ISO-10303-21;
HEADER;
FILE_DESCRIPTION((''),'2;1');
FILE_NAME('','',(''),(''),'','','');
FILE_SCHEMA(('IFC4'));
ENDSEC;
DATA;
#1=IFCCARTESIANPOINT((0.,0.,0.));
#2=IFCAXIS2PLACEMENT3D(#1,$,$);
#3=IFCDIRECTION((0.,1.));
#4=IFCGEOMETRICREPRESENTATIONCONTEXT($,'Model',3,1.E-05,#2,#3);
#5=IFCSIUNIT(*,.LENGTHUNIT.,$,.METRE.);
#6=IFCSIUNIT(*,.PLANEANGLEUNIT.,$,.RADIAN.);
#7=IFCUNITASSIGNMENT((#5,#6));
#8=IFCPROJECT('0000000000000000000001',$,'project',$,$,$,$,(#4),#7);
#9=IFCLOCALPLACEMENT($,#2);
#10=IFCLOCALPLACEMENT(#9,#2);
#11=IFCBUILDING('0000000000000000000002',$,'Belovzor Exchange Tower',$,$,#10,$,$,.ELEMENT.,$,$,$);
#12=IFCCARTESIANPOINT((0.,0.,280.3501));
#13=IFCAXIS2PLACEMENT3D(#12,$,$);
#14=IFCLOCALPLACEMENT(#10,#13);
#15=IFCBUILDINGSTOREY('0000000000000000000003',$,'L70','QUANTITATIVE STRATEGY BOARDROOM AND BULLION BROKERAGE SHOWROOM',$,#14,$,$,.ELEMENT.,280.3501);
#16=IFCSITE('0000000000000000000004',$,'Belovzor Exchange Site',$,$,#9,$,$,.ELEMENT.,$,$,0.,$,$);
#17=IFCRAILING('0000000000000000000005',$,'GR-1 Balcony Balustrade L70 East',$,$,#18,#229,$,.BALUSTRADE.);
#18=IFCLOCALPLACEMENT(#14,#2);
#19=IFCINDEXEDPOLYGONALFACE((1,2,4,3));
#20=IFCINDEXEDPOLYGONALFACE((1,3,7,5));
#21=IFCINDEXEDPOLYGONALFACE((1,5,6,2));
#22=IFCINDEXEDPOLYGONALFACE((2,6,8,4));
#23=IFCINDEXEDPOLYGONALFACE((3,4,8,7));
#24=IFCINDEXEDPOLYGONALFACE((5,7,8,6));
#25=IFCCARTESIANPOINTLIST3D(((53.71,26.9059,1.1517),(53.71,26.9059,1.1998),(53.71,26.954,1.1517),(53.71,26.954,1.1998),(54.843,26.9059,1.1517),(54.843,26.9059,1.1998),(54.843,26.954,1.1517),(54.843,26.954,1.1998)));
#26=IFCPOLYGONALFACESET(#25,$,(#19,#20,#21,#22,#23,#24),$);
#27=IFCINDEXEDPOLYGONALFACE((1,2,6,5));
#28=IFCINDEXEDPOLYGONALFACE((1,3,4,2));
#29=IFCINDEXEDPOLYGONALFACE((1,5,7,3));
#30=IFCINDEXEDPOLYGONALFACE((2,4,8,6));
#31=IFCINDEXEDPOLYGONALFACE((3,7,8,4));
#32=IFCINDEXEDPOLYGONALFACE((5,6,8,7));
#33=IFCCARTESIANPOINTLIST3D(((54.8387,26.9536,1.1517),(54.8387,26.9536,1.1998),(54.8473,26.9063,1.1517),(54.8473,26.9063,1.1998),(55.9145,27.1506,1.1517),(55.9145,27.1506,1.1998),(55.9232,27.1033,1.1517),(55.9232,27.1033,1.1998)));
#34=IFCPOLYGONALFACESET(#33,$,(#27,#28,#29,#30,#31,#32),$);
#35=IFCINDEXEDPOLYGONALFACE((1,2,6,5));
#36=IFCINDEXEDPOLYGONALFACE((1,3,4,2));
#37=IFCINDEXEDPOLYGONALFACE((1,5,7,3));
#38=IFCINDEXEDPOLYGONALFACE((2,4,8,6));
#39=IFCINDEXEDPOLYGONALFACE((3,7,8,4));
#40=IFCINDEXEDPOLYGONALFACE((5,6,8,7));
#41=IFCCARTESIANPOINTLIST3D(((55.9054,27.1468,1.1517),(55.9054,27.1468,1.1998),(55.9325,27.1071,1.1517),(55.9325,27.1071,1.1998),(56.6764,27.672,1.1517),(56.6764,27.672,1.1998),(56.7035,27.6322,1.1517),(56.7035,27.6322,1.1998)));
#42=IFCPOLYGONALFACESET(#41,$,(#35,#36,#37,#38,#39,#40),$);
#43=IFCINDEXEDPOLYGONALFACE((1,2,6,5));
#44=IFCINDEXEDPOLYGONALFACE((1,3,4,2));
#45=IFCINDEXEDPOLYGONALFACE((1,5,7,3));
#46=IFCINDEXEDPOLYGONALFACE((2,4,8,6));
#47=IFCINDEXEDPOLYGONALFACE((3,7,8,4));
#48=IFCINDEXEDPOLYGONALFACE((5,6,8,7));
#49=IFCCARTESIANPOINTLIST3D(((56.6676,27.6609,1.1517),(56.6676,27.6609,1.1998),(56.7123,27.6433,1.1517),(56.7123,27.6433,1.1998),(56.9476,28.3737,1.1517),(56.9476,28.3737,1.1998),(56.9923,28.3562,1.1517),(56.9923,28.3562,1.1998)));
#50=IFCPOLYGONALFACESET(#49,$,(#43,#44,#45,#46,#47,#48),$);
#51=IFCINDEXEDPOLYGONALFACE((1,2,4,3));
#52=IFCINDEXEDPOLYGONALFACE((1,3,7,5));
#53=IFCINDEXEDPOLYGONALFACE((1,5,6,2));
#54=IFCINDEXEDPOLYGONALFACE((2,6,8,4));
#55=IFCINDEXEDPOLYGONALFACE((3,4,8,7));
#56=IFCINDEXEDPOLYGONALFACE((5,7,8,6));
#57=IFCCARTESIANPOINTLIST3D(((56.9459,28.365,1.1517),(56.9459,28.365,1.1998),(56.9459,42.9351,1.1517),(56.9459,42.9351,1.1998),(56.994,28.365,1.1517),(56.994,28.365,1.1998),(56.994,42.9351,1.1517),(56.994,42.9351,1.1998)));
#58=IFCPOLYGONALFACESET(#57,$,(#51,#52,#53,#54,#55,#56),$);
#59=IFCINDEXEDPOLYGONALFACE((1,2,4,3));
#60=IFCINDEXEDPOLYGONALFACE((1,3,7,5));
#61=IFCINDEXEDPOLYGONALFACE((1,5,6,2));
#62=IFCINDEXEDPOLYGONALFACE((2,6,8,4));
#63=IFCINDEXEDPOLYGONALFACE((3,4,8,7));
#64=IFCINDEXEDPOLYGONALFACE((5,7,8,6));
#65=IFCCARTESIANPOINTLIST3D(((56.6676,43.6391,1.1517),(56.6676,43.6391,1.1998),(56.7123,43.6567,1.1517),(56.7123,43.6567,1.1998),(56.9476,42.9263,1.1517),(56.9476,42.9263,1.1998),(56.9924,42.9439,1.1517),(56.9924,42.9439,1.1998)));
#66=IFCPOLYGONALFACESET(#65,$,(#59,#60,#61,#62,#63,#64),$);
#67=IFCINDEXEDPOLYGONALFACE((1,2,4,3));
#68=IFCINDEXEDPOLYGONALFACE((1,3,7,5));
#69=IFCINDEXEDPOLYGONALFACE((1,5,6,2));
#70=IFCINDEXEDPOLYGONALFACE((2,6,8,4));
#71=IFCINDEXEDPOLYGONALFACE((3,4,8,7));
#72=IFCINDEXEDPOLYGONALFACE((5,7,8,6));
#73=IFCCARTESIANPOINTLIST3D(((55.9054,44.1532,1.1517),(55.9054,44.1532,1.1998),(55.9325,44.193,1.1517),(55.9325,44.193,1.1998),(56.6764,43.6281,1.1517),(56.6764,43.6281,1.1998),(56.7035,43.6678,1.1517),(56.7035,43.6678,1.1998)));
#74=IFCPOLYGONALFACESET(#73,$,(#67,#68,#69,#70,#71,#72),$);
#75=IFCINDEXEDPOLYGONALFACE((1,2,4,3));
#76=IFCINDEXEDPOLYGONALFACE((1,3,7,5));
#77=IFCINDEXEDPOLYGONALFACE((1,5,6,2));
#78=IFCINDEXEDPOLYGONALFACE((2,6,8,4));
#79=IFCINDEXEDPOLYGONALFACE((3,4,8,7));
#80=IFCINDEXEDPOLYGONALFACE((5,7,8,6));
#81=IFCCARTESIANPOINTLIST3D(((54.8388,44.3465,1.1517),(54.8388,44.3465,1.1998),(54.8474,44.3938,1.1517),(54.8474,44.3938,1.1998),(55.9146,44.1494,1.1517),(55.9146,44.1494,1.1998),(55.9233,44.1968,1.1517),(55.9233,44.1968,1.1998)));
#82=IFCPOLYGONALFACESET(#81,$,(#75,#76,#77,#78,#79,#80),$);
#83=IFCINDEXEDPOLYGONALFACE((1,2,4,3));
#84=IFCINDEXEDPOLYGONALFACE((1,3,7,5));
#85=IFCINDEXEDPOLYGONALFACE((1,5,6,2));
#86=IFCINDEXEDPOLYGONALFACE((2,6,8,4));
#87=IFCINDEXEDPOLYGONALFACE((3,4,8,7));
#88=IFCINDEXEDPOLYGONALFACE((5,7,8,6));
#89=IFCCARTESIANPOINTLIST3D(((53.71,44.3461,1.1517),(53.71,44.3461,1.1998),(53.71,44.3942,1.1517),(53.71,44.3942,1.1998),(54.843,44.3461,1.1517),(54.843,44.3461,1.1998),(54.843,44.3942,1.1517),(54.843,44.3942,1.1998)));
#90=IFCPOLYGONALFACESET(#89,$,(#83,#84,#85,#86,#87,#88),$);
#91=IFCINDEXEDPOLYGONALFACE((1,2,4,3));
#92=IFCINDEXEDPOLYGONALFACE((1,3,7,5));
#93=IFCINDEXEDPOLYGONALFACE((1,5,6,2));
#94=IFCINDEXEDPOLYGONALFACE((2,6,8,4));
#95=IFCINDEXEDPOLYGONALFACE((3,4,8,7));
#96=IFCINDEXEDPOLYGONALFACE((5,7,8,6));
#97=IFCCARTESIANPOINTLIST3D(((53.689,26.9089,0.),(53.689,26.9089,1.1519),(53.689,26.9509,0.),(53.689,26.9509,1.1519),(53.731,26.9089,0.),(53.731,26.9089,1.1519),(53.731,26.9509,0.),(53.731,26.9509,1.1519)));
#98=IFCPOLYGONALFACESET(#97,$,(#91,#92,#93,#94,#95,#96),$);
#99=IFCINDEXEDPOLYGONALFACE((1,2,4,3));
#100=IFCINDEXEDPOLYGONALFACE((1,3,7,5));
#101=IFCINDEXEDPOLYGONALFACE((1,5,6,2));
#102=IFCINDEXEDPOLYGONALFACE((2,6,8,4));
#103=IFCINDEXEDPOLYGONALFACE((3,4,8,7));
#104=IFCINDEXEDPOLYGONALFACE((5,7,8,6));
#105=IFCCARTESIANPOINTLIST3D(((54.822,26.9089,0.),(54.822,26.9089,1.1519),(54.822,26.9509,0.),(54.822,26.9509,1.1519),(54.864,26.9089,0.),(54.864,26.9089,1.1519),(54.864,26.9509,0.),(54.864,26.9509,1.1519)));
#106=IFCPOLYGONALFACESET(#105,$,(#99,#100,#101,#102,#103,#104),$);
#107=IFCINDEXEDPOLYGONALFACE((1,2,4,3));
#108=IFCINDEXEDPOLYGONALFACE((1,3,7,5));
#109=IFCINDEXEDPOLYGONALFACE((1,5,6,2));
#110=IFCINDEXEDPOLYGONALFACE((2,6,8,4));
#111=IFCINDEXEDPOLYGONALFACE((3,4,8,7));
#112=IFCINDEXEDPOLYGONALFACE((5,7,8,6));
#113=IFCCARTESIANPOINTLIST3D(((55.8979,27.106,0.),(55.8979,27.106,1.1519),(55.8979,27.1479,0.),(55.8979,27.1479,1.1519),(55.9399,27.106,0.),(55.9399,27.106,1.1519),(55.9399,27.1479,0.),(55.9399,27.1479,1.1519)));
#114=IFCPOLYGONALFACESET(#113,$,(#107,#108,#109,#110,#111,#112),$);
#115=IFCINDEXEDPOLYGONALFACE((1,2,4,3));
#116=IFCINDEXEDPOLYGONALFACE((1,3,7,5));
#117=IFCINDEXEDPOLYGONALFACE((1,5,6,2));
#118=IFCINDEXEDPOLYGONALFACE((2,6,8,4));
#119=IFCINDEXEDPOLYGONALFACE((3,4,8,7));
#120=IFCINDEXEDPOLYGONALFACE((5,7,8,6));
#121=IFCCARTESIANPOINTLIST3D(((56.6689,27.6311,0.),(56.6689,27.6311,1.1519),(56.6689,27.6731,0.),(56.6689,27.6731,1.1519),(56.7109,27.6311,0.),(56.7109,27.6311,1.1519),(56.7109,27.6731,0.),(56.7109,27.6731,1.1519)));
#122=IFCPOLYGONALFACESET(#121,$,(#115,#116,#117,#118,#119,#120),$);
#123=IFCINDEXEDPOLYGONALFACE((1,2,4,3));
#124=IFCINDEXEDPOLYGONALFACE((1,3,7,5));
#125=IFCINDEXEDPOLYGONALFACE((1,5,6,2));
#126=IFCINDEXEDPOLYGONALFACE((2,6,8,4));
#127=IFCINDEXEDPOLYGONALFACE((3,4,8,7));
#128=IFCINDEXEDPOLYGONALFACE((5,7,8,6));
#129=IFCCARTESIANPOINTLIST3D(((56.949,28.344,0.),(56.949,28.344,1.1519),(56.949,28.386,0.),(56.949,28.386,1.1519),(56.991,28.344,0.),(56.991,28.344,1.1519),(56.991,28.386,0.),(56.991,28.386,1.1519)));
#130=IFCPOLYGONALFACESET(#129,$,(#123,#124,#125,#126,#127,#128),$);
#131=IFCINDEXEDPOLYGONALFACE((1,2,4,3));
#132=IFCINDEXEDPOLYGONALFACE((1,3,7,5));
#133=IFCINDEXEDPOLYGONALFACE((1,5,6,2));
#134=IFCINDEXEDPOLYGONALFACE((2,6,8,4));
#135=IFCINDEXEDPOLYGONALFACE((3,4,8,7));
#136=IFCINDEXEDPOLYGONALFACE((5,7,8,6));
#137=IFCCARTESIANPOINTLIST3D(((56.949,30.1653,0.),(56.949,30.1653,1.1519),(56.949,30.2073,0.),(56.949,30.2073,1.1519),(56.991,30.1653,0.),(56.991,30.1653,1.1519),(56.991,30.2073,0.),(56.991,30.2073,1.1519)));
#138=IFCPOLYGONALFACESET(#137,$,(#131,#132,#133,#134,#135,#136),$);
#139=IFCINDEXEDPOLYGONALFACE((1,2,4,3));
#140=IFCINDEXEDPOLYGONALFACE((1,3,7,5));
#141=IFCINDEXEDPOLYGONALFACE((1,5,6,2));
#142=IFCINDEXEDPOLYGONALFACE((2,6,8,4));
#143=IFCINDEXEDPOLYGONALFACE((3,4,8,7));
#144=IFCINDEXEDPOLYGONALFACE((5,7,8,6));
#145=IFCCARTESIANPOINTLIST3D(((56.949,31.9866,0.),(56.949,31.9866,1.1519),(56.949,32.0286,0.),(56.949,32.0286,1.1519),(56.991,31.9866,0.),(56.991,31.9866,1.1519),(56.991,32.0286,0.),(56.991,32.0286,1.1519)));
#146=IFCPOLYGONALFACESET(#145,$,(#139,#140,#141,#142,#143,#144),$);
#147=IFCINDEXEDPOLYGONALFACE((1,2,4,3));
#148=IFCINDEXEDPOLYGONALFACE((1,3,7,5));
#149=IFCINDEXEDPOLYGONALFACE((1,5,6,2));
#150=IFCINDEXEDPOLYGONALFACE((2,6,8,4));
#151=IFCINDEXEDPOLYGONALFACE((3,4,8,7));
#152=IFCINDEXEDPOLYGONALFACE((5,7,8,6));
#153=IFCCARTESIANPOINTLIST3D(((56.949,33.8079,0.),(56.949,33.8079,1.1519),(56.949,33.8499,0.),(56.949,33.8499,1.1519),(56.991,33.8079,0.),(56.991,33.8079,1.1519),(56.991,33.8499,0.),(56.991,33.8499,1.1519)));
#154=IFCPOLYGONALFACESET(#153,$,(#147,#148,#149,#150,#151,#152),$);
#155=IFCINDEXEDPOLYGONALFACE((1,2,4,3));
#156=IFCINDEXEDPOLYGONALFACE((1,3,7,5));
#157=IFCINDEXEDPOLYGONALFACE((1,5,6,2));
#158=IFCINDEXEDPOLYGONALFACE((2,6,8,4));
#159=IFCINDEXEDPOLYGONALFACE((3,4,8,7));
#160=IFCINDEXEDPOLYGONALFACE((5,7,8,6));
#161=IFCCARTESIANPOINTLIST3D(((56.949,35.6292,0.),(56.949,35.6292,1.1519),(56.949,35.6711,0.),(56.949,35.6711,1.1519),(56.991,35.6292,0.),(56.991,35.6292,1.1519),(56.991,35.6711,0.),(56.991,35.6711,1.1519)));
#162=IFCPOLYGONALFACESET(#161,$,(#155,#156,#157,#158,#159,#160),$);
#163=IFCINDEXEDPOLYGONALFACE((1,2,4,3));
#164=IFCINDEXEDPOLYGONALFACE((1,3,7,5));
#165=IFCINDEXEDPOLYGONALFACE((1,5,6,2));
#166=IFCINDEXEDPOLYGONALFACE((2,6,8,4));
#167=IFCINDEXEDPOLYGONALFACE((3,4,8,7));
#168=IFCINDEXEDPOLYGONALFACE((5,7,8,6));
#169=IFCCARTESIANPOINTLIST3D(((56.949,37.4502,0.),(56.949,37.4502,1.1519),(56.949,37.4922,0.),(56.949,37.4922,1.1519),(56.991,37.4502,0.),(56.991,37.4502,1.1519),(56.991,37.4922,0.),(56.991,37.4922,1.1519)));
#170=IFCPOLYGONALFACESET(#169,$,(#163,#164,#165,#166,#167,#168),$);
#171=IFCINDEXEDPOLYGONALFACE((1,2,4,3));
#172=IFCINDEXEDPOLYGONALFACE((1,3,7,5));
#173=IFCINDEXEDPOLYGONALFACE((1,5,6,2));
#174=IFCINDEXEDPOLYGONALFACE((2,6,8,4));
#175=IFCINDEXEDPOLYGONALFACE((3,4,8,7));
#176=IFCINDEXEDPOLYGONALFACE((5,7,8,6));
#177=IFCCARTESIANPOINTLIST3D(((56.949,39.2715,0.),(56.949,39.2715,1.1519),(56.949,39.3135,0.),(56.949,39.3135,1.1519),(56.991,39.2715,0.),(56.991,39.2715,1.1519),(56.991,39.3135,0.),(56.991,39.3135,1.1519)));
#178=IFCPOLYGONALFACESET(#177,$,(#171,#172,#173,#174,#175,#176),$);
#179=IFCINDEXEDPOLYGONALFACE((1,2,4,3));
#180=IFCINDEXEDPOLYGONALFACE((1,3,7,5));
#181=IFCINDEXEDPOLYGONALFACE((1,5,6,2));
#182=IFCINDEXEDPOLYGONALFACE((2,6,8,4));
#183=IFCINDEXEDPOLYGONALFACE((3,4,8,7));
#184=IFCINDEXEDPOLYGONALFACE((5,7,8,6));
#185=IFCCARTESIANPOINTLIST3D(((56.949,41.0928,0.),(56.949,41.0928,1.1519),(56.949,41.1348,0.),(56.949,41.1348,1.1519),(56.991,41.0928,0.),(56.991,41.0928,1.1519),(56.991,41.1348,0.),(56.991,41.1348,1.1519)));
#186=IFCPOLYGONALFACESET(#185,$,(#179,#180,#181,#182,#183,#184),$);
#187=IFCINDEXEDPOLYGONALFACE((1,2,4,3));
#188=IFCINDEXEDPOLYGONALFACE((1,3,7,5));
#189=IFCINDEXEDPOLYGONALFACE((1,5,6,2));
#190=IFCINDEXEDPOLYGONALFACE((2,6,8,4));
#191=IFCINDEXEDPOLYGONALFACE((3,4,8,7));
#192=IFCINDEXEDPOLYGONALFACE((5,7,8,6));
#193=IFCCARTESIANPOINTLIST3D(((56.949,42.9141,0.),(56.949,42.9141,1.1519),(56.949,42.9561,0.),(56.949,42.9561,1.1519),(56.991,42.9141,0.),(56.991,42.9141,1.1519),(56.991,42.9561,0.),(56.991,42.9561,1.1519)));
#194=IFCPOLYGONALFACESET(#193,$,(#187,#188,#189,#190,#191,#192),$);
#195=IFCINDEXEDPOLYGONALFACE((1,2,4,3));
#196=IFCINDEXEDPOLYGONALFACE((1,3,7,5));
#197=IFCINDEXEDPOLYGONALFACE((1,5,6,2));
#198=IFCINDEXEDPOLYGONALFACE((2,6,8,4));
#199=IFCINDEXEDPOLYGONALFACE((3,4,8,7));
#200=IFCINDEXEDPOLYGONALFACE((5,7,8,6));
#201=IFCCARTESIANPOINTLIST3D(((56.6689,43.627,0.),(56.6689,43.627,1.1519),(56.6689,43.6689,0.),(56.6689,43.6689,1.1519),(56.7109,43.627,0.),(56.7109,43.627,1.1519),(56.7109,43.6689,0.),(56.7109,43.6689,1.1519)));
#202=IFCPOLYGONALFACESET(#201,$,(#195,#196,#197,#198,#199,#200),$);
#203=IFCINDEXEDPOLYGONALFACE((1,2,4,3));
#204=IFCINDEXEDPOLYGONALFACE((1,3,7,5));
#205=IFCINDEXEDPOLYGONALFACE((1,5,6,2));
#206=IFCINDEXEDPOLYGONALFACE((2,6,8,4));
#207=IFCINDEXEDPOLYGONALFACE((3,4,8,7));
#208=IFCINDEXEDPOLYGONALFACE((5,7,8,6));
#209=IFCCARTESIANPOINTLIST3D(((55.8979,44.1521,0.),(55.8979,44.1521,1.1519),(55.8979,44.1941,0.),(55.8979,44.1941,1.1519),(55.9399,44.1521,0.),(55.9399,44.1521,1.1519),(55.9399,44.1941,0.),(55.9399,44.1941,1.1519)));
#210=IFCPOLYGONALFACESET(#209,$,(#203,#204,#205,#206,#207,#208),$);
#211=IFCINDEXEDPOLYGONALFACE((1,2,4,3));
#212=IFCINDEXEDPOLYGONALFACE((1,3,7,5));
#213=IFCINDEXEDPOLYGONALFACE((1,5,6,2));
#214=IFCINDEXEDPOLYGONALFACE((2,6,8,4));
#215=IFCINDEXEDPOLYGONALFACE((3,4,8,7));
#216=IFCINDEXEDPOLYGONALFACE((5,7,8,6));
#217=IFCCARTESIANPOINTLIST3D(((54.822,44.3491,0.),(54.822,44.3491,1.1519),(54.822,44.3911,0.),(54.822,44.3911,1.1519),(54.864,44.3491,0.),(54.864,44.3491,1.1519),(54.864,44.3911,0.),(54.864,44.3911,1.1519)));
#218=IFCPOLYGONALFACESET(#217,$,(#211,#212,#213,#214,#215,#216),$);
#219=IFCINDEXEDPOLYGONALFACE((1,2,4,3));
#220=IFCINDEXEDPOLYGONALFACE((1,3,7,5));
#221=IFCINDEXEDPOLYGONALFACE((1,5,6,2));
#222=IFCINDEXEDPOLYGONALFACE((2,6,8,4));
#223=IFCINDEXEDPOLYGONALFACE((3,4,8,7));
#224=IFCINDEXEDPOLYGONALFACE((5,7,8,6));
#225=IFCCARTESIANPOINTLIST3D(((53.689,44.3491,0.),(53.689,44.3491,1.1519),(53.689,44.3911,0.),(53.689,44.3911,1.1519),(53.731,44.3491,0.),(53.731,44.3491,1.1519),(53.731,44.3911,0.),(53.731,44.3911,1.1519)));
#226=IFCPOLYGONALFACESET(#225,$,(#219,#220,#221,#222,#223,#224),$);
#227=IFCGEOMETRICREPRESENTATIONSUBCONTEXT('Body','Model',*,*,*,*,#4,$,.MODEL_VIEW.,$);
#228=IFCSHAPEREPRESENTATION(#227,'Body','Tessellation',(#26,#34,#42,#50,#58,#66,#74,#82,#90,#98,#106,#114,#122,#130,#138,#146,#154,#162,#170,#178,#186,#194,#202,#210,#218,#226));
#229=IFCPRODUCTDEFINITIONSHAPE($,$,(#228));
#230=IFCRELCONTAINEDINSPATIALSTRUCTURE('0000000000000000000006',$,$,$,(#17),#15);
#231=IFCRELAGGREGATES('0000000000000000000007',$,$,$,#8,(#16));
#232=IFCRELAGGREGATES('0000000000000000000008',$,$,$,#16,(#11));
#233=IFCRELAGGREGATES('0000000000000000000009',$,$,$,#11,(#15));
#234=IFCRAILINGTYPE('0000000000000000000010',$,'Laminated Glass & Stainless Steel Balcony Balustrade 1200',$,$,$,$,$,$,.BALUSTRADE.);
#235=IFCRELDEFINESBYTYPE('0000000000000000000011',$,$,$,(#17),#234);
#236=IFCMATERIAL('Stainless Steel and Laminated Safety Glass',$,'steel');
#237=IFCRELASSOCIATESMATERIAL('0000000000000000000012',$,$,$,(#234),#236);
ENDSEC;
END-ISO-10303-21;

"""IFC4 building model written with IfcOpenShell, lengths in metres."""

from ifc_helpers import new_model, si_unit, direction, frame, origin, origin_2d, place, context, subcontext, project, spatial, rectangle, extrude, material, type_object, element, save


model = new_model("IFC4")

# Units and contexts
model_context = context("Model", 3, precision=1e-05, world=origin(), true_north=direction((0.0, 1.0)))
body_context = subcontext(model_context, "Body", "Model", "MODEL_VIEW")
ifc_project = project(units=[si_unit("LENGTHUNIT", "METRE"), si_unit("PLANEANGLEUNIT", "RADIAN")], contexts=[model_context])

# Site, building, storey
site_placement = place(None, origin())
site = spatial("IfcSite", under=ifc_project, at=site_placement, Name="Belovzor Exchange Site", CompositionType="ELEMENT", RefElevation=0.0)
building_placement = place(site_placement, origin())
building = spatial("IfcBuilding", under=site, at=building_placement, Name="Belovzor Exchange Tower", CompositionType="ELEMENT")
storey_placement = place(building_placement, frame((0.0, 0.0, 280.3501)))
storey = spatial("IfcBuildingStorey", under=building, at=storey_placement, Name="L70", Description="QUANTITATIVE STRATEGY BOARDROOM AND BULLION BROKERAGE SHOWROOM", CompositionType="ELEMENT", Elevation=280.3501)

# Railing
ifc_material_1 = material(Name="Stainless Steel and Laminated Safety Glass", Category="steel")
railing_type = type_object("IfcRailingType", Name="Laminated Glass & Stainless Steel Balcony Balustrade 1200", PredefinedType="BALUSTRADE", material=ifc_material_1)
railing_placement = place(storey_placement, frame((53.71, 26.9299, 0.0)))
element("IfcRailing", 1, at=railing_placement, inside=storey, type_object=railing_type, Name="GR-1 Balcony Balustrade L70 East", PredefinedType="BALUSTRADE", context=body_context, shape_type="SweptSolid", body=[
    extrude(rectangle(XDim=0.0481, YDim=0.0481, at=origin_2d()), frame((0.0, 0.0, 1.1758), z_axis=(1.0, 0.0, 0.0), x_axis=(0.0, 1.0, 0.0)), (0.0, 0.0, 1.0), 1.1331),
    extrude(rectangle(XDim=0.0481, YDim=0.0481, at=origin_2d()), frame((1.1331, 0.0, 1.1758), z_axis=(0.983644, 0.180123, 0.0), x_axis=(-0.180123, 0.983644, 0.0)), (0.0, 0.0, 1.0), 1.0938),
    extrude(rectangle(XDim=0.0481, YDim=0.0481, at=origin_2d()), frame((2.209, 0.197, 1.1758), z_axis=(0.826493, 0.562947, 0.0), x_axis=(-0.562947, 0.826493, 0.0)), (0.0, 0.0, 1.0), 0.9329),
    extrude(rectangle(XDim=0.0481, YDim=0.0481, at=origin_2d()), frame((2.98, 0.7222, 1.1758), z_axis=(0.365613, 0.930767, 0.0), x_axis=(-0.930767, 0.365613, 0.0)), (0.0, 0.0, 1.0), 0.7659),
    extrude(rectangle(XDim=0.0481, YDim=0.0481, at=origin_2d()), frame((3.26, 1.4351, 1.1758), z_axis=(0.0, 1.0, 0.0), x_axis=(-1.0, 0.0, 0.0)), (0.0, 0.0, 1.0), 14.5701),
    extrude(rectangle(XDim=0.0481, YDim=0.0481, at=origin_2d()), frame((3.26, 16.0051, 1.1758), z_axis=(-0.365613, 0.930767, 0.0), x_axis=(-0.930767, -0.365613, 0.0)), (0.0, 0.0, 1.0), 0.7659),
    extrude(rectangle(XDim=0.0481, YDim=0.0481, at=origin_2d()), frame((2.98, 16.718, 1.1758), z_axis=(-0.826493, 0.562947, 0.0), x_axis=(-0.562947, -0.826493, 0.0)), (0.0, 0.0, 1.0), 0.9329),
    extrude(rectangle(XDim=0.0481, YDim=0.0481, at=origin_2d()), frame((2.209, 17.2432, 1.1758), z_axis=(-0.983644, 0.180123, 0.0), x_axis=(-0.180123, -0.983644, 0.0)), (0.0, 0.0, 1.0), 1.0938),
    extrude(rectangle(XDim=0.0481, YDim=0.0481, at=origin_2d()), frame((1.1331, 17.4402, 1.1758), z_axis=(-1.0, 0.0, 0.0), x_axis=(0.0, -1.0, 0.0)), (0.0, 0.0, 1.0), 1.1331),
    extrude(rectangle(XDim=0.042, YDim=0.042, at=origin_2d()), origin(), (0.0, 0.0, 1.0), 1.1519),
    extrude(rectangle(XDim=0.042, YDim=0.042, at=origin_2d()), frame((1.1331, 0.0, 0.0)), (0.0, 0.0, 1.0), 1.1519),
    extrude(rectangle(XDim=0.042, YDim=0.042, at=origin_2d()), frame((2.209, 0.197, 0.0)), (0.0, 0.0, 1.0), 1.1519),
    extrude(rectangle(XDim=0.042, YDim=0.042, at=origin_2d()), frame((2.98, 0.7222, 0.0)), (0.0, 0.0, 1.0), 1.1519),
    extrude(rectangle(XDim=0.042, YDim=0.042, at=origin_2d()), frame((3.26, 1.4351, 0.0)), (0.0, 0.0, 1.0), 1.1519),
    extrude(rectangle(XDim=0.042, YDim=0.042, at=origin_2d()), frame((3.26, 3.2563, 0.0)), (0.0, 0.0, 1.0), 1.1519),
    extrude(rectangle(XDim=0.042, YDim=0.042, at=origin_2d()), frame((3.26, 5.0776, 0.0)), (0.0, 0.0, 1.0), 1.1519),
    extrude(rectangle(XDim=0.042, YDim=0.042, at=origin_2d()), frame((3.26, 6.8989, 0.0)), (0.0, 0.0, 1.0), 1.1519),
    extrude(rectangle(XDim=0.042, YDim=0.042, at=origin_2d()), frame((3.26, 8.7202, 0.0)), (0.0, 0.0, 1.0), 1.1519),
    extrude(rectangle(XDim=0.042, YDim=0.042, at=origin_2d()), frame((3.26, 10.5413, 0.0)), (0.0, 0.0, 1.0), 1.1519),
    extrude(rectangle(XDim=0.042, YDim=0.042, at=origin_2d()), frame((3.26, 12.3625, 0.0)), (0.0, 0.0, 1.0), 1.1519),
    extrude(rectangle(XDim=0.042, YDim=0.042, at=origin_2d()), frame((3.26, 14.1838, 0.0)), (0.0, 0.0, 1.0), 1.1519),
    extrude(rectangle(XDim=0.042, YDim=0.042, at=origin_2d()), frame((3.26, 16.0051, 0.0)), (0.0, 0.0, 1.0), 1.1519),
    extrude(rectangle(XDim=0.042, YDim=0.042, at=origin_2d()), frame((2.98, 16.718, 0.0)), (0.0, 0.0, 1.0), 1.1519),
    extrude(rectangle(XDim=0.042, YDim=0.042, at=origin_2d()), frame((2.209, 17.2432, 0.0)), (0.0, 0.0, 1.0), 1.1519),
    extrude(rectangle(XDim=0.042, YDim=0.042, at=origin_2d()), frame((1.1331, 17.4402, 0.0)), (0.0, 0.0, 1.0), 1.1519),
    extrude(rectangle(XDim=0.042, YDim=0.042, at=origin_2d()), frame((0.0, 17.4402, 0.0)), (0.0, 0.0, 1.0), 1.1519),
])

save(model, "model.ifc")
